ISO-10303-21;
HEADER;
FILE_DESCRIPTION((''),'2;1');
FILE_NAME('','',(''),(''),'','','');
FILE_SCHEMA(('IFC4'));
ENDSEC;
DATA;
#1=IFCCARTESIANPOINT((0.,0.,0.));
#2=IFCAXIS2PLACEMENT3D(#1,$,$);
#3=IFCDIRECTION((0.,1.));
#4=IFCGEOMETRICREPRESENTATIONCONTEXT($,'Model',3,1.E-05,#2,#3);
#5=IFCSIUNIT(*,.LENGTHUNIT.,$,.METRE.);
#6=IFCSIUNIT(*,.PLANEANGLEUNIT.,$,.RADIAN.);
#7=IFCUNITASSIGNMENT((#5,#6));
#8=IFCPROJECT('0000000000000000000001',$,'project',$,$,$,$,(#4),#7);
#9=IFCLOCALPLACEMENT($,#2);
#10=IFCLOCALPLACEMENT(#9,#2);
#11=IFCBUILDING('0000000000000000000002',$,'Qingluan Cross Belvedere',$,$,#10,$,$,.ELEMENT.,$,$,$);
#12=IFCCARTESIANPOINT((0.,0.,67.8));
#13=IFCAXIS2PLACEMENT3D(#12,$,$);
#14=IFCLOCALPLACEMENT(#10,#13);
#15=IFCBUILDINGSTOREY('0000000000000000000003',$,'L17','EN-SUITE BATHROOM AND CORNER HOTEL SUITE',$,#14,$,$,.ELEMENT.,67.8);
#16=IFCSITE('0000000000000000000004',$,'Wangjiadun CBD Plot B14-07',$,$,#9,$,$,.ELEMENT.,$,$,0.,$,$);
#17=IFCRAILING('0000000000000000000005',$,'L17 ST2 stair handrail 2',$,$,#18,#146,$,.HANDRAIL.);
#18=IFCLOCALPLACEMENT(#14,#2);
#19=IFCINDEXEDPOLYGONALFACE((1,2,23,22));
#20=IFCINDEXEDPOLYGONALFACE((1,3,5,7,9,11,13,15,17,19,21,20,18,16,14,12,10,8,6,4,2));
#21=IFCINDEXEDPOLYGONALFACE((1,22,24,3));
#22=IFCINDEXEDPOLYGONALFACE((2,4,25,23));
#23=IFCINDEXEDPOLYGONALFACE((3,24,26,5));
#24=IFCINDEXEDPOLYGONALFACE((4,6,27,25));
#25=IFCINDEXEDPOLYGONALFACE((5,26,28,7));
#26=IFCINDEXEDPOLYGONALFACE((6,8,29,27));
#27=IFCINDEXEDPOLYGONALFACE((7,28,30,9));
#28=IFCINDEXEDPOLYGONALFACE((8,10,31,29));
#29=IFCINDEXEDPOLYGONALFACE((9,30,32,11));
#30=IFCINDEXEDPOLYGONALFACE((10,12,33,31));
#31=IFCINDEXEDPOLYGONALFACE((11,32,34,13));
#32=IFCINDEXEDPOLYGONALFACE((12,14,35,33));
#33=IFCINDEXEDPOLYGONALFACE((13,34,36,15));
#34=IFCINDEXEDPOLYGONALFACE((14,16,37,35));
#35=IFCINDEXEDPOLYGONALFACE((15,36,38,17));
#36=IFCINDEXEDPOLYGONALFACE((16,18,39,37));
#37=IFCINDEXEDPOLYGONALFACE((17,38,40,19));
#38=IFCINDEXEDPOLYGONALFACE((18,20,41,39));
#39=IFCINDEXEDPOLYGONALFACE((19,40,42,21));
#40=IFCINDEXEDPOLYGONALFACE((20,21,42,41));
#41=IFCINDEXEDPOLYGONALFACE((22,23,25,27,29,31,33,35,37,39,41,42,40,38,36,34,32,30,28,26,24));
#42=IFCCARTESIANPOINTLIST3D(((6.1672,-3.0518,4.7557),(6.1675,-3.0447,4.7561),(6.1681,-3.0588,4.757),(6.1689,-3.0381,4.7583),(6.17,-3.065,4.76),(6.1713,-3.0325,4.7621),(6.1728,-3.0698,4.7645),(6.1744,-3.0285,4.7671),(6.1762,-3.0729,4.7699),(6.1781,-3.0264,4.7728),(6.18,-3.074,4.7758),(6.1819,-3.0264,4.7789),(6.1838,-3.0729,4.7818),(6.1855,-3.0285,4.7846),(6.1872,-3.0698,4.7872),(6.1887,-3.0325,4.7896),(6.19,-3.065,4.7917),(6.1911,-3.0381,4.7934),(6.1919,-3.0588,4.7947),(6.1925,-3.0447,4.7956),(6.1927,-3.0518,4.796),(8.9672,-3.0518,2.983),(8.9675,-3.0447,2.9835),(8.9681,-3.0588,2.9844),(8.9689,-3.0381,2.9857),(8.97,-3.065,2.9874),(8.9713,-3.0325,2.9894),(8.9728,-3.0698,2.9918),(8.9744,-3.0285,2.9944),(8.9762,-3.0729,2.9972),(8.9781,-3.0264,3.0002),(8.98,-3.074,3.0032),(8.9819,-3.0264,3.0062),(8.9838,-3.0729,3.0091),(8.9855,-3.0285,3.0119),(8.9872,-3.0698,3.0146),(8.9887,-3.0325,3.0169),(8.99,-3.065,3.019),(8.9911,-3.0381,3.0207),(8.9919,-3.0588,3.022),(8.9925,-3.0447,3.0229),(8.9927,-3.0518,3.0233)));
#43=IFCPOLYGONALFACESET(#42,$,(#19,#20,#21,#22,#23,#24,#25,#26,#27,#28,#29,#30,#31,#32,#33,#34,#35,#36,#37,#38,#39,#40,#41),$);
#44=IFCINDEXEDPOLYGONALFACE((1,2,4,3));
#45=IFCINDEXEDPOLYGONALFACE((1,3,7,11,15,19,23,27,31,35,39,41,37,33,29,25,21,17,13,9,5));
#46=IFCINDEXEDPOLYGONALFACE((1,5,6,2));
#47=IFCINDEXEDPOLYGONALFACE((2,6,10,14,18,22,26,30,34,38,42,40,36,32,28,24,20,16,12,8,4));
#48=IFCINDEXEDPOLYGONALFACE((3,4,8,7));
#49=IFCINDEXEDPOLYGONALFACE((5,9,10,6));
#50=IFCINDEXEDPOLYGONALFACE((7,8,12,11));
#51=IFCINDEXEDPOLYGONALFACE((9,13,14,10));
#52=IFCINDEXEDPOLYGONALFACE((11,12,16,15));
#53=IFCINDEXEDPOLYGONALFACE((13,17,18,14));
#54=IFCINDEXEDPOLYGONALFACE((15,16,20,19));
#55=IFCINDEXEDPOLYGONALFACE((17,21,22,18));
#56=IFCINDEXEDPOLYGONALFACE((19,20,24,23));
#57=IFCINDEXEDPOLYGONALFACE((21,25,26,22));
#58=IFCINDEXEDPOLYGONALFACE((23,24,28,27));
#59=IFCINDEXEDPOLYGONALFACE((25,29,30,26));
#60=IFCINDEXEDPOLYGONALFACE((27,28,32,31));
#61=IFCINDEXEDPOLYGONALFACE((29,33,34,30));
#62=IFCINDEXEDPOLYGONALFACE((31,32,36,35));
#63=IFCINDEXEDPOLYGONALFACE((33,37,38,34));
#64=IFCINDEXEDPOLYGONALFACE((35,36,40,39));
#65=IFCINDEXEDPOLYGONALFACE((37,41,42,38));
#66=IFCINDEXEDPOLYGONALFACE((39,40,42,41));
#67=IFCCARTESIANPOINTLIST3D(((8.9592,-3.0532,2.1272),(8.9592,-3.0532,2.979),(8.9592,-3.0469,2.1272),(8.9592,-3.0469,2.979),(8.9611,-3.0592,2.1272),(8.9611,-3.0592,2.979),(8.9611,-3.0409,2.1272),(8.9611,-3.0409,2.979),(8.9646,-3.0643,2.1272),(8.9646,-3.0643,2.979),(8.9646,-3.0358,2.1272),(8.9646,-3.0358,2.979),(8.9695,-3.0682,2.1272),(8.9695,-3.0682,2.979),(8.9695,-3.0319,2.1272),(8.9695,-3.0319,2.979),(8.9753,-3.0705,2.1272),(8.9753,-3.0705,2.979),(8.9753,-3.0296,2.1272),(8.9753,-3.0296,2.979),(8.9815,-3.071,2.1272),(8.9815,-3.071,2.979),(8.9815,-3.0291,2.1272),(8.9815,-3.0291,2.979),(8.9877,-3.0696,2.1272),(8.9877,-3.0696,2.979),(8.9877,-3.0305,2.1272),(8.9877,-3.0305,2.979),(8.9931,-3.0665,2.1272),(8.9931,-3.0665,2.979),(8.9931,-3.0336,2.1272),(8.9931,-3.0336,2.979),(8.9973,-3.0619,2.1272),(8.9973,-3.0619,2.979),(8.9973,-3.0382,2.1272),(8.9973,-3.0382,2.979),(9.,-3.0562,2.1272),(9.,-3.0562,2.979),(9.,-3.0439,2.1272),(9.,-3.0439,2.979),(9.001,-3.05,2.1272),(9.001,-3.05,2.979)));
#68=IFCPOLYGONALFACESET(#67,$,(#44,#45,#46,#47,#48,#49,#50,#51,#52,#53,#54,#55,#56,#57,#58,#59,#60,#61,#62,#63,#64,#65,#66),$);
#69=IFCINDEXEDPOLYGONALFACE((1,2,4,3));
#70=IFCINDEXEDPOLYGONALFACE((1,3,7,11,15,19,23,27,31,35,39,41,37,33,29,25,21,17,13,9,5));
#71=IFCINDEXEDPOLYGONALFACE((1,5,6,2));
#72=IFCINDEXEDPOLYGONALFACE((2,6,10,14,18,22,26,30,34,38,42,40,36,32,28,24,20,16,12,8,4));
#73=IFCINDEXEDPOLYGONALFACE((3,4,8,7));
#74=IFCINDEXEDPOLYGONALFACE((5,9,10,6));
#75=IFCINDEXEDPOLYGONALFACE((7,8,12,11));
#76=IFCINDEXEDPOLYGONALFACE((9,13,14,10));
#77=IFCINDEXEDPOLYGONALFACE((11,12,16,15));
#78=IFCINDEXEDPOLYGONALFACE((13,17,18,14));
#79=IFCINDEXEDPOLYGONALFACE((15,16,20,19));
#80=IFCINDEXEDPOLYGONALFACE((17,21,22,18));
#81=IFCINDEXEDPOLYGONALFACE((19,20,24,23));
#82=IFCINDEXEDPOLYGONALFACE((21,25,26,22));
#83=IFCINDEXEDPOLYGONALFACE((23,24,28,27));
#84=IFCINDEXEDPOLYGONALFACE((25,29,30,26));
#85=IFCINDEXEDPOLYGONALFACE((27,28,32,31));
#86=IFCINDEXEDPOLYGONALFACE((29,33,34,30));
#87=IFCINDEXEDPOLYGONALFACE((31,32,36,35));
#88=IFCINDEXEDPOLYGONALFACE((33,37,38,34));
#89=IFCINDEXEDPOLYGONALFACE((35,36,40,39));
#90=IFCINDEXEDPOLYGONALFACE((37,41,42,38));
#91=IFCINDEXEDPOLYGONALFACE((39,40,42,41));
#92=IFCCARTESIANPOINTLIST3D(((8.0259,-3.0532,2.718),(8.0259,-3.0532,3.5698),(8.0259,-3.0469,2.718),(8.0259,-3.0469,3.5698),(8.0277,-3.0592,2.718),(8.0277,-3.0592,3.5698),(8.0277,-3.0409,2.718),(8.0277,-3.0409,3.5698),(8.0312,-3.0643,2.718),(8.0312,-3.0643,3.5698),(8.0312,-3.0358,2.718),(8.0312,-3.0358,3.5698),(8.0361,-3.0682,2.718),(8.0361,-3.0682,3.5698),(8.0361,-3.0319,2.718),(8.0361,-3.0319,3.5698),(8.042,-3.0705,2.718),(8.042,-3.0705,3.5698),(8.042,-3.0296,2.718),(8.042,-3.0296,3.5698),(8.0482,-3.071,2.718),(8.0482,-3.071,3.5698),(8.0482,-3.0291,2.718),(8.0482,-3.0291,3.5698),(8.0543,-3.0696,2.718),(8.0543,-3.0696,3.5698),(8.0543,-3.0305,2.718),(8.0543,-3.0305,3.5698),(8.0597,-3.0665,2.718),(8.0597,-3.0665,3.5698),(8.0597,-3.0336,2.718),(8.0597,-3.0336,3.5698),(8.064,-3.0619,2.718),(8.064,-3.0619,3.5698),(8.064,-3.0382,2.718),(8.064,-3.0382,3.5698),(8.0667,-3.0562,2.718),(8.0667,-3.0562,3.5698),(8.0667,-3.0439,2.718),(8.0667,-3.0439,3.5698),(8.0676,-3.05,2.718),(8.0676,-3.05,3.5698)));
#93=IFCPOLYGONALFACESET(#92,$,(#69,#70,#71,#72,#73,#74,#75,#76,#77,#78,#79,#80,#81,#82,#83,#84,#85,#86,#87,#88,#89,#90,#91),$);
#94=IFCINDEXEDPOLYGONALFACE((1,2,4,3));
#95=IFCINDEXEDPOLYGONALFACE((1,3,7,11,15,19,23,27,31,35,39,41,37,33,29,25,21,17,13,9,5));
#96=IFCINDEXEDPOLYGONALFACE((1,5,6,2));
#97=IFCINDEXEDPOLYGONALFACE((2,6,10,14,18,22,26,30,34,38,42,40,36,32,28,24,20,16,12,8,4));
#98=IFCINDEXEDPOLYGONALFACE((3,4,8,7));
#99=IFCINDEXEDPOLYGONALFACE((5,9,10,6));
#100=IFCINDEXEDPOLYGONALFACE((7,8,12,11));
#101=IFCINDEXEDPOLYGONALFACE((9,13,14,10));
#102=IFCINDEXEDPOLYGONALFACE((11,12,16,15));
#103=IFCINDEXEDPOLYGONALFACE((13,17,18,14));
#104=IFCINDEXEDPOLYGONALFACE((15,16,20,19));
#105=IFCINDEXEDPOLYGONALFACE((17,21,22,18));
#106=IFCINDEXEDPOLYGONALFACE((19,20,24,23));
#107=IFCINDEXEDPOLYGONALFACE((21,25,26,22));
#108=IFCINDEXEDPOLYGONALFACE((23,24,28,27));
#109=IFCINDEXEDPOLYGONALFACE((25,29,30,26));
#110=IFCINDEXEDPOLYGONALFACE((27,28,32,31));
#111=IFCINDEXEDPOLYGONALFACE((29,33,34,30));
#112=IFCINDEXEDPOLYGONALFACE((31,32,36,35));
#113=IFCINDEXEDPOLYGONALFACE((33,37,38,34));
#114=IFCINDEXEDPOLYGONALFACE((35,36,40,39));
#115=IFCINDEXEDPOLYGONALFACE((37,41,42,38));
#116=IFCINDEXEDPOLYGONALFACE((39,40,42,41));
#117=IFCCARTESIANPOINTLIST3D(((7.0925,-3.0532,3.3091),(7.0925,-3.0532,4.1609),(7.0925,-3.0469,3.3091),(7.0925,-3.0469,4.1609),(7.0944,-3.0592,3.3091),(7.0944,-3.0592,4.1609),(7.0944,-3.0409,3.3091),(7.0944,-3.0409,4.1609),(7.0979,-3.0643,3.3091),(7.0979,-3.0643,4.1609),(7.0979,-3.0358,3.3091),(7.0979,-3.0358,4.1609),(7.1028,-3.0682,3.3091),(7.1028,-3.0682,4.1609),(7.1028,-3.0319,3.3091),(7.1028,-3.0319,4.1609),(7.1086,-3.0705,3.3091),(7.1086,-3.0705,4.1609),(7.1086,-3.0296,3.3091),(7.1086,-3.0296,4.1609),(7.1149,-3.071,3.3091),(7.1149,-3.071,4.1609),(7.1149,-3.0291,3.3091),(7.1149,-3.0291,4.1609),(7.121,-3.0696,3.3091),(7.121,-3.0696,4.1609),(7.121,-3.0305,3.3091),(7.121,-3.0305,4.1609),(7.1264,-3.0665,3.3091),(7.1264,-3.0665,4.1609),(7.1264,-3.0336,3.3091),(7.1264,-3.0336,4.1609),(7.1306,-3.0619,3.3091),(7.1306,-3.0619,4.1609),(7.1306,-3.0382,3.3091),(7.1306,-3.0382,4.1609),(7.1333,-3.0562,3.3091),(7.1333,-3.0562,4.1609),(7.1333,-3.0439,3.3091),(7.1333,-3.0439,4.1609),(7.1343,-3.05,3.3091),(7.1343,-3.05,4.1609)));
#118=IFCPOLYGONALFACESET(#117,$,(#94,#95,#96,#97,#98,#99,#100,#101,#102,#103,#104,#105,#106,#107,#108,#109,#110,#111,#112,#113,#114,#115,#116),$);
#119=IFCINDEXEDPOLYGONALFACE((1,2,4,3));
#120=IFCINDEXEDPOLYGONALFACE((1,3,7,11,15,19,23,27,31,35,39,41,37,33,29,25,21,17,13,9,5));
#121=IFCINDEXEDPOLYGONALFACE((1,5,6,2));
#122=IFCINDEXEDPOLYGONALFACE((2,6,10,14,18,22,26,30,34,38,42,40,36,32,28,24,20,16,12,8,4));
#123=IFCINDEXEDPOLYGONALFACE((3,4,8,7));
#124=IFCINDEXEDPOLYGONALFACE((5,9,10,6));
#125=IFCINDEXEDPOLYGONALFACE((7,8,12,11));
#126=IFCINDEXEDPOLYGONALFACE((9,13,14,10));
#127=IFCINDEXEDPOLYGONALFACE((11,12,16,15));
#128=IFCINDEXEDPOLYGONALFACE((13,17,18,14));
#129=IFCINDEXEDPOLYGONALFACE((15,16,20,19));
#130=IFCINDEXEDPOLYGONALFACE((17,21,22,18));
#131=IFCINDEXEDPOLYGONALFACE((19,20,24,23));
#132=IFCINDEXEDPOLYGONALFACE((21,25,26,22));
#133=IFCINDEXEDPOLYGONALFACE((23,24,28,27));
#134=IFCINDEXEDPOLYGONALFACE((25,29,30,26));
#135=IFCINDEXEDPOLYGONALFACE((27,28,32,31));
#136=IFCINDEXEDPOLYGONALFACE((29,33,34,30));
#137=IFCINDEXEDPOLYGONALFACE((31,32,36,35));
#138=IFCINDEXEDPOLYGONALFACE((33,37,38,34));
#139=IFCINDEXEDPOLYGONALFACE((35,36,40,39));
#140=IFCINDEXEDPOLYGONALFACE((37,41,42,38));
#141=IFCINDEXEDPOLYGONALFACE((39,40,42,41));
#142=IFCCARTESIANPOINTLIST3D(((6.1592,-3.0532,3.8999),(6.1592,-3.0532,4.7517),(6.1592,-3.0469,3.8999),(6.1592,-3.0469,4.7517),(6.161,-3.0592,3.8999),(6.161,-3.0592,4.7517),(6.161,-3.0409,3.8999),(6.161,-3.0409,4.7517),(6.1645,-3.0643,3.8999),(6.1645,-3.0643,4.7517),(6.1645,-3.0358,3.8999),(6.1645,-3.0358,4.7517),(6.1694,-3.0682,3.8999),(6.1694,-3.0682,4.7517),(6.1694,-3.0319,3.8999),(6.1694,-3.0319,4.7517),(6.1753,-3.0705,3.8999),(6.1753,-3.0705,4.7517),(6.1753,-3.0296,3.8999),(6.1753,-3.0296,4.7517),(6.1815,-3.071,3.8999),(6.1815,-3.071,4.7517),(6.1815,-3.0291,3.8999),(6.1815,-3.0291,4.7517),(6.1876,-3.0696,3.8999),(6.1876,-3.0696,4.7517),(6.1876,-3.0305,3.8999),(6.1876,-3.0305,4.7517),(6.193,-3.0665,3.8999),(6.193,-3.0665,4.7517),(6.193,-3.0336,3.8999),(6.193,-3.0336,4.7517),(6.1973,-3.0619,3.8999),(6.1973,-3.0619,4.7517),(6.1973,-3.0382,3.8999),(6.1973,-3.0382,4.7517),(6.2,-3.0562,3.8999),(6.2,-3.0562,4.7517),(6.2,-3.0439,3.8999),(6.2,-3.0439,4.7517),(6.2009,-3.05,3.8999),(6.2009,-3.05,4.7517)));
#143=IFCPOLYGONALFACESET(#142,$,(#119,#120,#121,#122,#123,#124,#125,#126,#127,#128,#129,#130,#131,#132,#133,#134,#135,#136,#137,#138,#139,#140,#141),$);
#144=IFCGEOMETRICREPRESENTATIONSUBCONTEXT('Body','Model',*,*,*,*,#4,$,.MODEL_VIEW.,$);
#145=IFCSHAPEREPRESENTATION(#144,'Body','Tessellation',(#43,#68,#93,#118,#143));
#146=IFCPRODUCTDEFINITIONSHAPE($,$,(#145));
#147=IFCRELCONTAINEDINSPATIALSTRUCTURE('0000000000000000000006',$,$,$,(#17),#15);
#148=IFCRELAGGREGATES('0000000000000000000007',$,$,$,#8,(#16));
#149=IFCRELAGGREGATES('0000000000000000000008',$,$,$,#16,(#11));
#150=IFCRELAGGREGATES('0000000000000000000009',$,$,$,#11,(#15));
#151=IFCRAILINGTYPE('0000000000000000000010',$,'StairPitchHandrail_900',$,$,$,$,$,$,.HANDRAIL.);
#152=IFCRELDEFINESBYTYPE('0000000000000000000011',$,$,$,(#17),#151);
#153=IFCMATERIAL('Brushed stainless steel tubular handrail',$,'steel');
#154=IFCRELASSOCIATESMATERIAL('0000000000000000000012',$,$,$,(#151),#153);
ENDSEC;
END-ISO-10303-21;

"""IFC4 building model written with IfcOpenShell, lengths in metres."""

from ifc_helpers import new_model, si_unit, direction, frame, origin, origin_2d, place, context, subcontext, project, spatial, circle, extrude, material, type_object, element, save


model = new_model("IFC4")

# Units and contexts
model_context = context("Model", 3, precision=1e-05, world=origin(), true_north=direction((0.0, 1.0)))
body_context = subcontext(model_context, "Body", "Model", "MODEL_VIEW")
ifc_project = project(units=[si_unit("LENGTHUNIT", "METRE"), si_unit("PLANEANGLEUNIT", "RADIAN")], contexts=[model_context])

# Site, building, storey
site_placement = place(None, origin())
site = spatial("IfcSite", under=ifc_project, at=site_placement, Name="Wangjiadun CBD Plot B14-07", CompositionType="ELEMENT", RefElevation=0.0)
building_placement = place(site_placement, origin())
building = spatial("IfcBuilding", under=site, at=building_placement, Name="Qingluan Cross Belvedere", CompositionType="ELEMENT")
storey_placement = place(building_placement, frame((0.0, 0.0, 67.8)))
storey = spatial("IfcBuildingStorey", under=building, at=storey_placement, Name="L17", Description="EN-SUITE BATHROOM AND CORNER HOTEL SUITE", CompositionType="ELEMENT", Elevation=67.8)

# Railing
ifc_material_1 = material(Name="Brushed stainless steel tubular handrail", Category="steel")
railing_type_1 = type_object("IfcRailingType", Name="StairPitchHandrail_900", PredefinedType="HANDRAIL", material=ifc_material_1)
for number, where, name in (
    (1, (8.98, -3.05, 2.1272), "L17 ST2 stair handrail 2"),
):
    element("IfcRailing", number, at=place(storey_placement, frame(where)), inside=storey, type_object=railing_type_1, Name=name, PredefinedType="HANDRAIL", context=body_context, shape_type="SweptSolid", body=[
        extrude(circle(Radius=0.0239, at=origin_2d()), frame((0.0, 0.0, 0.876), z_axis=(-0.844909, 0.0, 0.53491), x_axis=(0.0, -1.0, 0.0)), (0.0, 0.0, 1.0), 3.314),
        extrude(circle(Radius=0.021, at=origin_2d()), origin(), (0.0, 0.0, 1.0), 0.8518),
        extrude(circle(Radius=0.021, at=origin_2d()), frame((-0.9333, 0.0, 0.5908)), (0.0, 0.0, 1.0), 0.8518),
        extrude(circle(Radius=0.021, at=origin_2d()), frame((-1.8667, 0.0, 1.1819)), (0.0, 0.0, 1.0), 0.8518),
        extrude(circle(Radius=0.021, at=origin_2d()), frame((-2.8, 0.0, 1.7727)), (0.0, 0.0, 1.0), 0.8518),
    ])

save(model, "model.ifc")
